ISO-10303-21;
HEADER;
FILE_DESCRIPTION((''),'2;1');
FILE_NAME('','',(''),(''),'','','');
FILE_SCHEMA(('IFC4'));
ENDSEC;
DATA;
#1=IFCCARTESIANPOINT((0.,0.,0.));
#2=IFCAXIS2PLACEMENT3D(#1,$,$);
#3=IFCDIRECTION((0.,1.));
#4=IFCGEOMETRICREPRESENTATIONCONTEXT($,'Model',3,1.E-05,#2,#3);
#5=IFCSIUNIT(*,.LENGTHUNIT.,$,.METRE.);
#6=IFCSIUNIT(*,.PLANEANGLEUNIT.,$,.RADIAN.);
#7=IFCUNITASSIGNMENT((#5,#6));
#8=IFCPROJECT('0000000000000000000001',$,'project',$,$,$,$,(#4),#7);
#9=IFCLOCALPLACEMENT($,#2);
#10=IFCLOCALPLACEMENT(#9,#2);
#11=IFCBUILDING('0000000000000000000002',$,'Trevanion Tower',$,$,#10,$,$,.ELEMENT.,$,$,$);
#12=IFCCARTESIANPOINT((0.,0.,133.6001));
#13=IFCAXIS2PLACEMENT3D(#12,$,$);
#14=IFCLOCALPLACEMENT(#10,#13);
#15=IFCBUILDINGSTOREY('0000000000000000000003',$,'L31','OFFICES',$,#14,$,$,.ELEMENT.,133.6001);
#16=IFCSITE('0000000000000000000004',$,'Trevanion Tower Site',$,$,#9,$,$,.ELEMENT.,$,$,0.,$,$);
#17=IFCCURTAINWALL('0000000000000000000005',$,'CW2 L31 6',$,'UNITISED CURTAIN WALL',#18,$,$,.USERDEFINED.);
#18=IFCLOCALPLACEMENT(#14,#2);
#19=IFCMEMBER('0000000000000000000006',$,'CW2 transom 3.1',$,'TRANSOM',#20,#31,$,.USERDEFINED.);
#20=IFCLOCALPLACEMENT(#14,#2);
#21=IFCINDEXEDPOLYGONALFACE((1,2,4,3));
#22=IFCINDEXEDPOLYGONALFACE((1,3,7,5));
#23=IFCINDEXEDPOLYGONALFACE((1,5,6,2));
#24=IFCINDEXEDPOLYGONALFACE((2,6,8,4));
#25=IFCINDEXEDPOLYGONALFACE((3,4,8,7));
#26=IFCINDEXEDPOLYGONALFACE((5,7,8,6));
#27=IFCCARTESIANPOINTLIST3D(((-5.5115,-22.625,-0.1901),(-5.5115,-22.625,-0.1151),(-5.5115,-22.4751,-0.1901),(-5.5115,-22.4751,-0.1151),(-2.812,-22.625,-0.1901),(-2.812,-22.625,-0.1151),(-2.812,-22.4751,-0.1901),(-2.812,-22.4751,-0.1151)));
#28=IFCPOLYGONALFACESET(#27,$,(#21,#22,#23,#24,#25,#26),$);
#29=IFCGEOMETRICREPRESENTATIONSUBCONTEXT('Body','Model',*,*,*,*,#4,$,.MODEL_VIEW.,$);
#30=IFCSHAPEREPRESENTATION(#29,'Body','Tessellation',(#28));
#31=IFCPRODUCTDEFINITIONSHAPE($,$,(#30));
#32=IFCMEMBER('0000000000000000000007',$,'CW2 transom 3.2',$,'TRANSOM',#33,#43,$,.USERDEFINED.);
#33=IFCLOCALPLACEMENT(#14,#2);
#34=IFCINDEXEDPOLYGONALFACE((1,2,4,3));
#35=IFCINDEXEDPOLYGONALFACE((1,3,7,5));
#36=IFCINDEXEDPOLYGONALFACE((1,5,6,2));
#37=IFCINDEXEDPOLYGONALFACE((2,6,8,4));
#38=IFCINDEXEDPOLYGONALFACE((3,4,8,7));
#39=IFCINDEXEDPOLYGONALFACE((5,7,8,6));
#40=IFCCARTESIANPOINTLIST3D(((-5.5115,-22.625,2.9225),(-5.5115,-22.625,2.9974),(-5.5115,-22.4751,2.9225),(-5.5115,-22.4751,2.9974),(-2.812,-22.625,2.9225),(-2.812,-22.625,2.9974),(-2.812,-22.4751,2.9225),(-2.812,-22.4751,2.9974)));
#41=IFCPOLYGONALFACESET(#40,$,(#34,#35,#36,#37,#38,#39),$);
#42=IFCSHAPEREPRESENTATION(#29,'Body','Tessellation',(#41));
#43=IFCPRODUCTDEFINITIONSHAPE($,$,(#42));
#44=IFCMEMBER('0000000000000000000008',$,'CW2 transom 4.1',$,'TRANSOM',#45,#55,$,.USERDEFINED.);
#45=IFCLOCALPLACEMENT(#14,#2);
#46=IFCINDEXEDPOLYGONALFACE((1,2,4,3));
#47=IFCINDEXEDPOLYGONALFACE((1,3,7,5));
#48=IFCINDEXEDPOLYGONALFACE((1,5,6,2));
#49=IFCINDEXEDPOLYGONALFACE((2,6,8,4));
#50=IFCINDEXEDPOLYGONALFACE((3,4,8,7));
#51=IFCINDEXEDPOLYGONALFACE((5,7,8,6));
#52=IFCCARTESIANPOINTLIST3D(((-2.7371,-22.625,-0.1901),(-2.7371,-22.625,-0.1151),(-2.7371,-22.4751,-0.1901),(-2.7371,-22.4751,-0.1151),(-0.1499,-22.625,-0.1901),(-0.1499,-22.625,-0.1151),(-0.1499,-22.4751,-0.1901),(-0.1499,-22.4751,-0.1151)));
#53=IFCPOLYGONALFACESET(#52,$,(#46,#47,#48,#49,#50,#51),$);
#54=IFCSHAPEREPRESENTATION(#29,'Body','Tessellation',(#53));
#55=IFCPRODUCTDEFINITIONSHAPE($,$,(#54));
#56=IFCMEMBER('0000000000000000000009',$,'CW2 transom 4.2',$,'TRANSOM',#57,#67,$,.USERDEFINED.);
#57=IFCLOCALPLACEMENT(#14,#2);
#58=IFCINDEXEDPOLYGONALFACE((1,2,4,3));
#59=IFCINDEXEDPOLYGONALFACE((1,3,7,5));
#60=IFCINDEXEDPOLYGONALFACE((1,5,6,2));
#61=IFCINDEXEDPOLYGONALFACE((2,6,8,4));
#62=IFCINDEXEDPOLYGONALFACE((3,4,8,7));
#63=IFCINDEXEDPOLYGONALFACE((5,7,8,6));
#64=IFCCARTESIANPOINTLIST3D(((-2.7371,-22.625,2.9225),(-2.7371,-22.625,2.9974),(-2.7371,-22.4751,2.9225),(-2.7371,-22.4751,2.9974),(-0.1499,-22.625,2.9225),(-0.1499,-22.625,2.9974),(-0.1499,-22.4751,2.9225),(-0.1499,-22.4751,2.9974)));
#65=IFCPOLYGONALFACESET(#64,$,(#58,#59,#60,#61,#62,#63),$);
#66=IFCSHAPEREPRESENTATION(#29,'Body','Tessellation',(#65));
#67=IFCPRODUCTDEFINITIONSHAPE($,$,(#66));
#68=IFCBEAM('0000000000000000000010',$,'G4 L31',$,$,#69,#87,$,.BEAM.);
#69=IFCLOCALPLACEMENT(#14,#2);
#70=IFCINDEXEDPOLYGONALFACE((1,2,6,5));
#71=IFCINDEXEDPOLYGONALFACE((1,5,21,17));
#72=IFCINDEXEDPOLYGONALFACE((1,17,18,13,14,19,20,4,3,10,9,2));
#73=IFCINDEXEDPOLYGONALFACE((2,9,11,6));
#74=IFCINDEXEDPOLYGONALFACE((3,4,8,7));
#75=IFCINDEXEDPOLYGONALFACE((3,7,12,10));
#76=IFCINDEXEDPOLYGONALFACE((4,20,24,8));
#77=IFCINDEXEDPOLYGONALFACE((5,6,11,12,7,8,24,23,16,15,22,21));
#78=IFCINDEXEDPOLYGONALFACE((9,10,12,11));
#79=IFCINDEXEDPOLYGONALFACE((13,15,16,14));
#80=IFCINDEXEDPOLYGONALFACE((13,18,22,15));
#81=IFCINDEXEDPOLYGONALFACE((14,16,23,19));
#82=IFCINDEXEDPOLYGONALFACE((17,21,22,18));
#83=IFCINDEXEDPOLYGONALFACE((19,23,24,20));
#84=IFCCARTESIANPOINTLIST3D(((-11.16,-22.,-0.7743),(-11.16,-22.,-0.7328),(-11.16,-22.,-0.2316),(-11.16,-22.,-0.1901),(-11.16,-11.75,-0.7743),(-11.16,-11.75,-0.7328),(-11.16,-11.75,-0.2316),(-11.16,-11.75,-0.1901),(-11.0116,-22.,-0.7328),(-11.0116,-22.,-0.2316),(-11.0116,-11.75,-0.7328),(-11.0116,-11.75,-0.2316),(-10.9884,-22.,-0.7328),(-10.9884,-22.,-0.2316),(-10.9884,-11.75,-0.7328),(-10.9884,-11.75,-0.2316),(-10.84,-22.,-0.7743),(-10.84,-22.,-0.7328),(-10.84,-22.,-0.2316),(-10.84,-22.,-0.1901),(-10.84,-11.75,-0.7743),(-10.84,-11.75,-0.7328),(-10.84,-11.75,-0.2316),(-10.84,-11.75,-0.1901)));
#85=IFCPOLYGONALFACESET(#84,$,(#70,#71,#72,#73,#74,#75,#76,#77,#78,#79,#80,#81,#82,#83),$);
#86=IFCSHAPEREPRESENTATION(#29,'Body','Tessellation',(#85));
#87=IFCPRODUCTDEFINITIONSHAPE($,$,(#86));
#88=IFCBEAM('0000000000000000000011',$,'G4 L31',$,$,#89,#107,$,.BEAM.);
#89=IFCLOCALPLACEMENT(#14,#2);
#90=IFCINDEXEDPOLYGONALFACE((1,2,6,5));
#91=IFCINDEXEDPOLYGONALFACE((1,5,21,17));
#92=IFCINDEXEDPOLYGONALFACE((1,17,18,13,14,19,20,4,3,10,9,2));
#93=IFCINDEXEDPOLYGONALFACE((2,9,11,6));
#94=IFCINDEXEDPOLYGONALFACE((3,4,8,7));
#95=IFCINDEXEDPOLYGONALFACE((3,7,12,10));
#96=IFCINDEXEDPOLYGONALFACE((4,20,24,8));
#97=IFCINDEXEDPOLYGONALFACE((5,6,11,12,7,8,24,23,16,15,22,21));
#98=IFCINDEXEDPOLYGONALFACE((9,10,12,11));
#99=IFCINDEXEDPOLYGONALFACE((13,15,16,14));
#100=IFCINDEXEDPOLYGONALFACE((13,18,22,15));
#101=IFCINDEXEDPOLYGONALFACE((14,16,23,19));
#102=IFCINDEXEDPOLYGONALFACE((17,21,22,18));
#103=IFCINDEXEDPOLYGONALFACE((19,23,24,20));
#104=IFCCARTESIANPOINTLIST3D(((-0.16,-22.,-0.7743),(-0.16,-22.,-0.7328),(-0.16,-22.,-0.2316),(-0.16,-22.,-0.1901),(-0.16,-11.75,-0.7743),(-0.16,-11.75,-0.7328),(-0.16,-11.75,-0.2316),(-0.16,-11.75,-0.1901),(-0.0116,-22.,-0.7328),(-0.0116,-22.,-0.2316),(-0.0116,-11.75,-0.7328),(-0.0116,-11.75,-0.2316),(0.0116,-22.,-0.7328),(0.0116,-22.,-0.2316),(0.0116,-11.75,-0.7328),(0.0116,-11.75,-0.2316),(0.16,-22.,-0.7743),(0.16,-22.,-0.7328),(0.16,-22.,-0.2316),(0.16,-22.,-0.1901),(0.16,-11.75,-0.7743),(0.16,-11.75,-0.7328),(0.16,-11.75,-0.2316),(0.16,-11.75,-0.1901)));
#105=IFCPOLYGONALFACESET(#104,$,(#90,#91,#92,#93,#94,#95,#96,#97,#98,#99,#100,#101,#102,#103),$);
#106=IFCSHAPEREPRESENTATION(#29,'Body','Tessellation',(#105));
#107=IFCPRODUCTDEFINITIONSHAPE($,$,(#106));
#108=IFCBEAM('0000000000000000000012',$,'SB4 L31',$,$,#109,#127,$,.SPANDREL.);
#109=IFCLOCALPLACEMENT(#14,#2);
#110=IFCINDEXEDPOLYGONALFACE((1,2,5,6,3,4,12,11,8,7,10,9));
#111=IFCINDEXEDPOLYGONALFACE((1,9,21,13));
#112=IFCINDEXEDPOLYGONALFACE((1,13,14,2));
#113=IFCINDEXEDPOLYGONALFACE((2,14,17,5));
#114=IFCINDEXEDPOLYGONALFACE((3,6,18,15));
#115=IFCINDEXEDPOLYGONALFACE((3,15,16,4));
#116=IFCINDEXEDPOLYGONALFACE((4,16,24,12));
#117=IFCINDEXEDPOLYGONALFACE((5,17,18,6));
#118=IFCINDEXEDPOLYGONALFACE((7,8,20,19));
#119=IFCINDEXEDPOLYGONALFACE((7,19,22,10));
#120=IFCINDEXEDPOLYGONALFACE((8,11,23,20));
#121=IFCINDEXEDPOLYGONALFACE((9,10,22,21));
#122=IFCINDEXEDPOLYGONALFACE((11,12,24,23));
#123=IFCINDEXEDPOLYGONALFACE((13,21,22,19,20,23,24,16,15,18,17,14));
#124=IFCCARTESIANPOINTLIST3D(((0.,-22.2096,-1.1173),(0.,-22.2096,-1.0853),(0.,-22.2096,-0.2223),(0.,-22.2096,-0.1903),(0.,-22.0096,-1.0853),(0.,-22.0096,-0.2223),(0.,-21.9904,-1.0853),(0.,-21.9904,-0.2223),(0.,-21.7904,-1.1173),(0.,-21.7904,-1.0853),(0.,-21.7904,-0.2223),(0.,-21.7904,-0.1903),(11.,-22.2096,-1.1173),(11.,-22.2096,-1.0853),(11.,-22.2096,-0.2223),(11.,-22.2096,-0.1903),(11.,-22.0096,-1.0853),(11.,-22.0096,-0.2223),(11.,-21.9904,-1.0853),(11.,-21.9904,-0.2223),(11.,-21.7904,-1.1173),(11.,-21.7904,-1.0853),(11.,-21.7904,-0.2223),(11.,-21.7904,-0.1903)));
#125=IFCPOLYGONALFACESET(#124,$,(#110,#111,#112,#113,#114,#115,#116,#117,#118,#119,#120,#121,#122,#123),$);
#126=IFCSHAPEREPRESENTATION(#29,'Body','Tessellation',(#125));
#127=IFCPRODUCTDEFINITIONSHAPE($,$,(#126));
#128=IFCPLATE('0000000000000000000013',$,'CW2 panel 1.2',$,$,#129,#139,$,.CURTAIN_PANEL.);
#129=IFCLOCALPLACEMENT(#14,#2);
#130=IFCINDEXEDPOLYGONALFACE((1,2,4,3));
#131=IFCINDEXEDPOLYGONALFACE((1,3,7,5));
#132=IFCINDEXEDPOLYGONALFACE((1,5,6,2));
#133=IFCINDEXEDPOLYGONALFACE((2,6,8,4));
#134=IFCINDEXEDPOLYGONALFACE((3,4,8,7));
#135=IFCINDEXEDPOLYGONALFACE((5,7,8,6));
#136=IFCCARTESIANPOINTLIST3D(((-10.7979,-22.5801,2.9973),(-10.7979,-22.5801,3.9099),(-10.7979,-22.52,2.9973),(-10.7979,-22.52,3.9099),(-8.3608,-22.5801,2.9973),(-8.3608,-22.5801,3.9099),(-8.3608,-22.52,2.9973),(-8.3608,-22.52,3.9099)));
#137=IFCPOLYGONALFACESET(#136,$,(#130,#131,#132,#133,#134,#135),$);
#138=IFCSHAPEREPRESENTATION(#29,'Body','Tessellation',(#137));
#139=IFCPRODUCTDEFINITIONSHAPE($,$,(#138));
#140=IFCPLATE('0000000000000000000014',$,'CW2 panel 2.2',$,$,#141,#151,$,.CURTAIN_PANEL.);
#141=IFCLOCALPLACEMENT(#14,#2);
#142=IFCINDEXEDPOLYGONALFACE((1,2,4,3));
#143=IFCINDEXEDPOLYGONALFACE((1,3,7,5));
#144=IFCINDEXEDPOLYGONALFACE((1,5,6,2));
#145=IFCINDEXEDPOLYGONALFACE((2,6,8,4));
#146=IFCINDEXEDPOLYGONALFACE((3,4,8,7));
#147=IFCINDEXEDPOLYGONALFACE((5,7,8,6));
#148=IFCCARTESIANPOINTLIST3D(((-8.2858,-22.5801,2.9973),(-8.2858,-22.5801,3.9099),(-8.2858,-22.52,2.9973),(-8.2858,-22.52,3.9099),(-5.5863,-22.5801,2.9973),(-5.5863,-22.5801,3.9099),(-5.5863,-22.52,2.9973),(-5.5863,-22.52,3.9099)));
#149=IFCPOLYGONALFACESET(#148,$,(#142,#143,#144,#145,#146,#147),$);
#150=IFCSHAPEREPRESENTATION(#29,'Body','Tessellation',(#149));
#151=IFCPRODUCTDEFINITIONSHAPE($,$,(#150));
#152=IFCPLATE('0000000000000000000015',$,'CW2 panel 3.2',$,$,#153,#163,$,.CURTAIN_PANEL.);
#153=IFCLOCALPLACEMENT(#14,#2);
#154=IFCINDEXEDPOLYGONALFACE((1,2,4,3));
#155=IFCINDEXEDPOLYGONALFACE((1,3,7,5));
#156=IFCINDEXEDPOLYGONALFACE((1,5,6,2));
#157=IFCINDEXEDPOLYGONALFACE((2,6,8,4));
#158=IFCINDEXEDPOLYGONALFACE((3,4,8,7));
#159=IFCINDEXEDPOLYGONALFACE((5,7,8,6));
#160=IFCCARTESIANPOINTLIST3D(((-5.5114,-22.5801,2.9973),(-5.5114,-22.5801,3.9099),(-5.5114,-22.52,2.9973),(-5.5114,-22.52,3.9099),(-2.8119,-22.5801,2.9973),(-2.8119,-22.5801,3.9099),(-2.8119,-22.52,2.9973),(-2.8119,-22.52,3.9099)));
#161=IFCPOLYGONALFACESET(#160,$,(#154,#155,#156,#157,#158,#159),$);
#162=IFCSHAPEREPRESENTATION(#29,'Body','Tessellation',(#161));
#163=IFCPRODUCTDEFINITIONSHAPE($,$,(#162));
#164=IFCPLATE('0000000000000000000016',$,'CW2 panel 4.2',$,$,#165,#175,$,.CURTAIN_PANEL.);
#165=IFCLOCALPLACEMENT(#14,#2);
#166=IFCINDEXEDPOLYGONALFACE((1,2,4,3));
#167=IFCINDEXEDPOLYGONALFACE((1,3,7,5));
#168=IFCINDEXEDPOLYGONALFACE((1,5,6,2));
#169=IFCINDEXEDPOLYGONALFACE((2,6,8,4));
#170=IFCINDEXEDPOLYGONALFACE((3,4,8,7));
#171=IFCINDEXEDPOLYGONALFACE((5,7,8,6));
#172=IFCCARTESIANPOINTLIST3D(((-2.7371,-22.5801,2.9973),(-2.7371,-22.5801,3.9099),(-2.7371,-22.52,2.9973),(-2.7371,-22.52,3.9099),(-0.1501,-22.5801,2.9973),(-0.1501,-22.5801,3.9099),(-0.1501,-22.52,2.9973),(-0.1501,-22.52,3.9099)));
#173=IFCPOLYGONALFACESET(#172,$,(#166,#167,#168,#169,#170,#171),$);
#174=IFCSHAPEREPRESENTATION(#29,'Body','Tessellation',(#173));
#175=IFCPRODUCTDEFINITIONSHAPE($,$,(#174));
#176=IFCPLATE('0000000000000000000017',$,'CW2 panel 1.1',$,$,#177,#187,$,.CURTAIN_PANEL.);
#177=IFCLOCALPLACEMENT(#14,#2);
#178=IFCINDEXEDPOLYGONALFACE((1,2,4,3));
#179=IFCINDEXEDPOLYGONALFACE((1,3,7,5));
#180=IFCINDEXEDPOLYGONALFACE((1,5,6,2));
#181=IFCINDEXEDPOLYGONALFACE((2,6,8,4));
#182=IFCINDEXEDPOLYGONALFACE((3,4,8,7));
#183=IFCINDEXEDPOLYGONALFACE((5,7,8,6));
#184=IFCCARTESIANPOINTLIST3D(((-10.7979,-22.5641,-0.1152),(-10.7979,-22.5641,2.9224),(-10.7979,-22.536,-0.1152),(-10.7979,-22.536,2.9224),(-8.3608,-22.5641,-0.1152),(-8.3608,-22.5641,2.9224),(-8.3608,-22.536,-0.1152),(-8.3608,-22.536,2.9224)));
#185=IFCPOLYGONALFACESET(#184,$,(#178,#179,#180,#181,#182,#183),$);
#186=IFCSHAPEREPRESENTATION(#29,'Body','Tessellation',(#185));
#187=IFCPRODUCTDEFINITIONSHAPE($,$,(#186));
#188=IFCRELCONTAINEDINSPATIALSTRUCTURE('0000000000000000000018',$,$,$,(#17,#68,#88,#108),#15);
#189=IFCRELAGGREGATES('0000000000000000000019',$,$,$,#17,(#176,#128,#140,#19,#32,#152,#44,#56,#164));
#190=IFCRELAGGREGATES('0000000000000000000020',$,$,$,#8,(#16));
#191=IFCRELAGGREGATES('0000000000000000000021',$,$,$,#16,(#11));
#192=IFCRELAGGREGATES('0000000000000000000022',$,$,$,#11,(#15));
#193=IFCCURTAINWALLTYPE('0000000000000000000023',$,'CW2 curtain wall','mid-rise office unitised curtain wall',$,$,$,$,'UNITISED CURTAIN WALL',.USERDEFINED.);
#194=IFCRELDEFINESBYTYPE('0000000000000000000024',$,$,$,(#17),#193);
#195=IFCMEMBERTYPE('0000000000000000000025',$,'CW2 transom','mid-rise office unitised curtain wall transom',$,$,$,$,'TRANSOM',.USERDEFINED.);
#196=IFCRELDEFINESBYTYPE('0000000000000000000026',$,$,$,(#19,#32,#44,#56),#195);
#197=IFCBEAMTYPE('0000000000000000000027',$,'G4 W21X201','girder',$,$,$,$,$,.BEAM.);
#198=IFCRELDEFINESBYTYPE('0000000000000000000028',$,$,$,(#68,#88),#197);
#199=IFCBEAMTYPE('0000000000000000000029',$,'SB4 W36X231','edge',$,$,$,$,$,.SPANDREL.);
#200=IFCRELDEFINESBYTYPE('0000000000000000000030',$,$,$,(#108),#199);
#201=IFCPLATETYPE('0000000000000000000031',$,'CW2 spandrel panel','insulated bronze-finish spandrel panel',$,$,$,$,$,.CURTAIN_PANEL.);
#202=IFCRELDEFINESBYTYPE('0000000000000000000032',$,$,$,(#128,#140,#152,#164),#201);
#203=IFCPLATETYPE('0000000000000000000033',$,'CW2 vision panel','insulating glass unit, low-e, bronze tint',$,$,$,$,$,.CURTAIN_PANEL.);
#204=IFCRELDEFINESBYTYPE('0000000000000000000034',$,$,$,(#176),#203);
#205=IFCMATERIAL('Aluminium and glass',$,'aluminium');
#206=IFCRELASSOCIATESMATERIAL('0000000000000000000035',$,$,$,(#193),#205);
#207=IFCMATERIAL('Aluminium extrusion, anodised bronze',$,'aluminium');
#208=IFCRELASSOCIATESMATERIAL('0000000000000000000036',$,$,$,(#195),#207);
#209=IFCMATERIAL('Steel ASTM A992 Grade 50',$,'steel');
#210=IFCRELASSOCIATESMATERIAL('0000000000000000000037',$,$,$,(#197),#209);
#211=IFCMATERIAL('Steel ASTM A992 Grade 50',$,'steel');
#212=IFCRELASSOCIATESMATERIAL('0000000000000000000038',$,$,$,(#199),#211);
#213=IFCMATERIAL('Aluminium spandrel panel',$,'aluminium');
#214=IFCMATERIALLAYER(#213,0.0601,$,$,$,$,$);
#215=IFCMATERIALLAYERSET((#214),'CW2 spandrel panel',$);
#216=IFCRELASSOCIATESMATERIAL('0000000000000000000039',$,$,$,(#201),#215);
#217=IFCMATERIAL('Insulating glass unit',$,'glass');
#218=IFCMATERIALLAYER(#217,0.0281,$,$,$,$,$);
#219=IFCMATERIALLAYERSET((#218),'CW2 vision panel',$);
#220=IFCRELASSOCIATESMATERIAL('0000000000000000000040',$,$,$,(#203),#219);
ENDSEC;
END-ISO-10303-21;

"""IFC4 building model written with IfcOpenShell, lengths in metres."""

from ifc_helpers import new_model, si_unit, direction, frame, origin, origin_2d, place, context, subcontext, project, spatial, rectangle, i_section, extrude, material, layer, layer_set, material_profile, profile_set, type_object, element, aggregate, save


model = new_model("IFC4")

# Units and contexts
model_context = context("Model", 3, precision=1e-05, world=origin(), true_north=direction((0.0, 1.0)))
body_context = subcontext(model_context, "Body", "Model", "MODEL_VIEW")
ifc_project = project(units=[si_unit("LENGTHUNIT", "METRE"), si_unit("PLANEANGLEUNIT", "RADIAN")], contexts=[model_context])

# Site, building, storey
site_placement = place(None, origin())
site = spatial("IfcSite", under=ifc_project, at=site_placement, Name="Trevanion Tower Site", CompositionType="ELEMENT", RefElevation=0.0)
building_placement = place(site_placement, origin())
building = spatial("IfcBuilding", under=site, at=building_placement, Name="Trevanion Tower", CompositionType="ELEMENT")
storey_placement = place(building_placement, frame((0.0, 0.0, 133.6001)))
storey = spatial("IfcBuildingStorey", under=building, at=storey_placement, Name="L31", Description="OFFICES", CompositionType="ELEMENT", Elevation=133.6001)

# Curtain wall, members
ifc_material_1 = material(Name="Aluminium and glass", Category="aluminium")
curtain_wall_type = type_object("IfcCurtainWallType", Name="CW2 curtain wall", Description="mid-rise office unitised curtain wall", ElementType="UNITISED CURTAIN WALL", PredefinedType="USERDEFINED", material=ifc_material_1)
curtain_wall_placement = place(storey_placement, origin())
curtain_wall = element("IfcCurtainWall", 1, at=curtain_wall_placement, inside=storey, type_object=curtain_wall_type, Name="CW2 L31 6", ObjectType="UNITISED CURTAIN WALL", PredefinedType="USERDEFINED")
ifc_material_2 = material(Name="Aluminium extrusion, anodised bronze", Category="aluminium")
ifc_material_profile_1 = material_profile(ifc_material_2, rectangle(XDim=0.1499, YDim=0.075, at=origin_2d()), Name="CW2 transom")
ifc_profile_set_1 = profile_set([ifc_material_profile_1], Name="Aluminium extrusion, anodised bronze")
member_type_1 = type_object("IfcMemberType", Name="CW2 transom", Description="mid-rise office unitised curtain wall transom", ElementType="TRANSOM", PredefinedType="USERDEFINED", material=ifc_profile_set_1)
member_1_placement = place(storey_placement, frame((-5.5115, -22.55, -0.1526), z_axis=(1.0, 0.0, 0.0), x_axis=(0.0, 1.0, 0.0)))
member_1 = element("IfcMember", 2, at=member_1_placement, type_object=member_type_1, Name="CW2 transom 3.1", ObjectType="TRANSOM", PredefinedType="USERDEFINED", context=body_context, shape_type="SweptSolid", body=[
    extrude(rectangle(XDim=0.1499, YDim=0.075, at=origin_2d()), origin(), (0.0, 0.0, 1.0), 2.6995),
])
member_2_placement = place(storey_placement, frame((-5.5115, -22.55, 2.96), z_axis=(1.0, 0.0, 0.0), x_axis=(0.0, 1.0, 0.0)))
member_2 = element("IfcMember", 3, at=member_2_placement, type_object=member_type_1, Name="CW2 transom 3.2", ObjectType="TRANSOM", PredefinedType="USERDEFINED", context=body_context, shape_type="SweptSolid", body=[
    extrude(rectangle(XDim=0.1499, YDim=0.075, at=origin_2d()), origin(), (0.0, 0.0, 1.0), 2.6995),
])
member_3_placement = place(storey_placement, frame((-2.7371, -22.55, -0.1526), z_axis=(1.0, 0.0, 0.0), x_axis=(0.0, 1.0, 0.0)))
member_3 = element("IfcMember", 4, at=member_3_placement, type_object=member_type_1, Name="CW2 transom 4.1", ObjectType="TRANSOM", PredefinedType="USERDEFINED", context=body_context, shape_type="SweptSolid", body=[
    extrude(rectangle(XDim=0.1499, YDim=0.075, at=origin_2d()), origin(), (0.0, 0.0, 1.0), 2.5872),
])
member_4_placement = place(storey_placement, frame((-2.7371, -22.55, 2.96), z_axis=(1.0, 0.0, 0.0), x_axis=(0.0, 1.0, 0.0)))
member_4 = element("IfcMember", 5, at=member_4_placement, type_object=member_type_1, Name="CW2 transom 4.2", ObjectType="TRANSOM", PredefinedType="USERDEFINED", context=body_context, shape_type="SweptSolid", body=[
    extrude(rectangle(XDim=0.1499, YDim=0.075, at=origin_2d()), origin(), (0.0, 0.0, 1.0), 2.5872),
])

# Beams
ifc_material_3 = material(Name="Steel ASTM A992 Grade 50", Category="steel")
ifc_material_profile_2 = material_profile(ifc_material_3, i_section(OverallWidth=0.3201, OverallDepth=0.5842, WebThickness=0.0232, FlangeThickness=0.0415, at=origin_2d()), Name="W21X201")
ifc_profile_set_2 = profile_set([ifc_material_profile_2], Name="Steel ASTM A992 Grade 50")
beam_type_1 = type_object("IfcBeamType", Name="G4 W21X201", Description="girder", PredefinedType="BEAM", material=ifc_profile_set_2)
for number, where, z_axis, x_axis, name in (
    (6, (-11.0, -11.75, -0.4822), (0.0, -1.0, 0.0), (1.0, 0.0, 0.0), "G4 L31"),
    (7, (0.0, -11.75, -0.4822), (0.0, -1.0, 0.0), (1.0, 0.0, 0.0), "G4 L31"),
):
    element("IfcBeam", number, at=place(storey_placement, frame(where, z_axis=z_axis, x_axis=x_axis)), inside=storey, type_object=beam_type_1, Name=name, PredefinedType="BEAM", context=body_context, shape_type="SweptSolid", body=[
        extrude(i_section(OverallWidth=0.3201, OverallDepth=0.5842, WebThickness=0.0232, FlangeThickness=0.0415, at=origin_2d()), origin(), (0.0, 0.0, 1.0), 10.25),
    ])
ifc_material_4 = material(Name="Steel ASTM A992 Grade 50", Category="steel")
ifc_material_profile_3 = material_profile(ifc_material_4, i_section(OverallWidth=0.4192, OverallDepth=0.927, WebThickness=0.0193, FlangeThickness=0.032, at=origin_2d()), Name="W36X231")
ifc_profile_set_3 = profile_set([ifc_material_profile_3], Name="Steel ASTM A992 Grade 50")
beam_type_2 = type_object("IfcBeamType", Name="SB4 W36X231", Description="edge", PredefinedType="SPANDREL", material=ifc_profile_set_3)
beam_placement = place(storey_placement, frame((0.0, -22.0, -0.6538), z_axis=(1.0, 0.0, 0.0), x_axis=(0.0, 1.0, 0.0)))
element("IfcBeam", 8, at=beam_placement, inside=storey, type_object=beam_type_2, Name="SB4 L31", PredefinedType="SPANDREL", context=body_context, shape_type="SweptSolid", body=[
    extrude(i_section(OverallWidth=0.4192, OverallDepth=0.927, WebThickness=0.0193, FlangeThickness=0.032, at=origin_2d()), origin(), (0.0, 0.0, 1.0), 11.0),
])

# Plates
ifc_material_5 = material(Name="Aluminium spandrel panel", Category="aluminium")
ifc_layer_1 = layer(ifc_material_5, 0.0601)
ifc_layer_set_1 = layer_set([ifc_layer_1], Name="CW2 spandrel panel")
plate_type_1 = type_object("IfcPlateType", Name="CW2 spandrel panel", Description="insulated bronze-finish spandrel panel", PredefinedType="CURTAIN_PANEL", material=ifc_layer_set_1)
plate_1_placement = place(storey_placement, frame((-9.5793, -22.55, 2.9973), z_axis=(0.0, 0.0, 1.0), x_axis=(1.0, 0.0, 0.0)))
plate_1 = element("IfcPlate", 9, at=plate_1_placement, type_object=plate_type_1, Name="CW2 panel 1.2", PredefinedType="CURTAIN_PANEL", context=body_context, shape_type="SweptSolid", body=[
    extrude(rectangle(XDim=2.437, YDim=0.0601, at=origin_2d()), origin(), (0.0, 0.0, 1.0), 0.9126),
])
plate_2_placement = place(storey_placement, frame((-6.936, -22.55, 2.9973), z_axis=(0.0, 0.0, 1.0), x_axis=(1.0, 0.0, 0.0)))
plate_2 = element("IfcPlate", 10, at=plate_2_placement, type_object=plate_type_1, Name="CW2 panel 2.2", PredefinedType="CURTAIN_PANEL", context=body_context, shape_type="SweptSolid", body=[
    extrude(rectangle(XDim=2.6995, YDim=0.0601, at=origin_2d()), origin(), (0.0, 0.0, 1.0), 0.9126),
])
plate_3_placement = place(storey_placement, frame((-4.1616, -22.55, 2.9973), z_axis=(0.0, 0.0, 1.0), x_axis=(1.0, 0.0, 0.0)))
plate_3 = element("IfcPlate", 11, at=plate_3_placement, type_object=plate_type_1, Name="CW2 panel 3.2", PredefinedType="CURTAIN_PANEL", context=body_context, shape_type="SweptSolid", body=[
    extrude(rectangle(XDim=2.6995, YDim=0.0601, at=origin_2d()), origin(), (0.0, 0.0, 1.0), 0.9126),
])
plate_4_placement = place(storey_placement, frame((-1.4436, -22.55, 2.9973), z_axis=(0.0, 0.0, 1.0), x_axis=(1.0, 0.0, 0.0)))
plate_4 = element("IfcPlate", 12, at=plate_4_placement, type_object=plate_type_1, Name="CW2 panel 4.2", PredefinedType="CURTAIN_PANEL", context=body_context, shape_type="SweptSolid", body=[
    extrude(rectangle(XDim=2.5869, YDim=0.0601, at=origin_2d()), origin(), (0.0, 0.0, 1.0), 0.9126),
])
ifc_material_6 = material(Name="Insulating glass unit", Category="glass")
ifc_layer_2 = layer(ifc_material_6, 0.0281)
ifc_layer_set_2 = layer_set([ifc_layer_2], Name="CW2 vision panel")
plate_type_2 = type_object("IfcPlateType", Name="CW2 vision panel", Description="insulating glass unit, low-e, bronze tint", PredefinedType="CURTAIN_PANEL", material=ifc_layer_set_2)
plate_5_placement = place(storey_placement, frame((-9.5793, -22.55, -0.1152), z_axis=(0.0, 0.0, 1.0), x_axis=(1.0, 0.0, 0.0)))
plate_5 = element("IfcPlate", 13, at=plate_5_placement, type_object=plate_type_2, Name="CW2 panel 1.1", PredefinedType="CURTAIN_PANEL", context=body_context, shape_type="SweptSolid", body=[
    extrude(rectangle(XDim=2.437, YDim=0.0281, at=origin_2d()), origin(), (0.0, 0.0, 1.0), 3.0376),
])
aggregate(curtain_wall, [plate_5, plate_1, plate_2, member_1, member_2, plate_3, member_3, member_4, plate_4])

save(model, "model.ifc")
